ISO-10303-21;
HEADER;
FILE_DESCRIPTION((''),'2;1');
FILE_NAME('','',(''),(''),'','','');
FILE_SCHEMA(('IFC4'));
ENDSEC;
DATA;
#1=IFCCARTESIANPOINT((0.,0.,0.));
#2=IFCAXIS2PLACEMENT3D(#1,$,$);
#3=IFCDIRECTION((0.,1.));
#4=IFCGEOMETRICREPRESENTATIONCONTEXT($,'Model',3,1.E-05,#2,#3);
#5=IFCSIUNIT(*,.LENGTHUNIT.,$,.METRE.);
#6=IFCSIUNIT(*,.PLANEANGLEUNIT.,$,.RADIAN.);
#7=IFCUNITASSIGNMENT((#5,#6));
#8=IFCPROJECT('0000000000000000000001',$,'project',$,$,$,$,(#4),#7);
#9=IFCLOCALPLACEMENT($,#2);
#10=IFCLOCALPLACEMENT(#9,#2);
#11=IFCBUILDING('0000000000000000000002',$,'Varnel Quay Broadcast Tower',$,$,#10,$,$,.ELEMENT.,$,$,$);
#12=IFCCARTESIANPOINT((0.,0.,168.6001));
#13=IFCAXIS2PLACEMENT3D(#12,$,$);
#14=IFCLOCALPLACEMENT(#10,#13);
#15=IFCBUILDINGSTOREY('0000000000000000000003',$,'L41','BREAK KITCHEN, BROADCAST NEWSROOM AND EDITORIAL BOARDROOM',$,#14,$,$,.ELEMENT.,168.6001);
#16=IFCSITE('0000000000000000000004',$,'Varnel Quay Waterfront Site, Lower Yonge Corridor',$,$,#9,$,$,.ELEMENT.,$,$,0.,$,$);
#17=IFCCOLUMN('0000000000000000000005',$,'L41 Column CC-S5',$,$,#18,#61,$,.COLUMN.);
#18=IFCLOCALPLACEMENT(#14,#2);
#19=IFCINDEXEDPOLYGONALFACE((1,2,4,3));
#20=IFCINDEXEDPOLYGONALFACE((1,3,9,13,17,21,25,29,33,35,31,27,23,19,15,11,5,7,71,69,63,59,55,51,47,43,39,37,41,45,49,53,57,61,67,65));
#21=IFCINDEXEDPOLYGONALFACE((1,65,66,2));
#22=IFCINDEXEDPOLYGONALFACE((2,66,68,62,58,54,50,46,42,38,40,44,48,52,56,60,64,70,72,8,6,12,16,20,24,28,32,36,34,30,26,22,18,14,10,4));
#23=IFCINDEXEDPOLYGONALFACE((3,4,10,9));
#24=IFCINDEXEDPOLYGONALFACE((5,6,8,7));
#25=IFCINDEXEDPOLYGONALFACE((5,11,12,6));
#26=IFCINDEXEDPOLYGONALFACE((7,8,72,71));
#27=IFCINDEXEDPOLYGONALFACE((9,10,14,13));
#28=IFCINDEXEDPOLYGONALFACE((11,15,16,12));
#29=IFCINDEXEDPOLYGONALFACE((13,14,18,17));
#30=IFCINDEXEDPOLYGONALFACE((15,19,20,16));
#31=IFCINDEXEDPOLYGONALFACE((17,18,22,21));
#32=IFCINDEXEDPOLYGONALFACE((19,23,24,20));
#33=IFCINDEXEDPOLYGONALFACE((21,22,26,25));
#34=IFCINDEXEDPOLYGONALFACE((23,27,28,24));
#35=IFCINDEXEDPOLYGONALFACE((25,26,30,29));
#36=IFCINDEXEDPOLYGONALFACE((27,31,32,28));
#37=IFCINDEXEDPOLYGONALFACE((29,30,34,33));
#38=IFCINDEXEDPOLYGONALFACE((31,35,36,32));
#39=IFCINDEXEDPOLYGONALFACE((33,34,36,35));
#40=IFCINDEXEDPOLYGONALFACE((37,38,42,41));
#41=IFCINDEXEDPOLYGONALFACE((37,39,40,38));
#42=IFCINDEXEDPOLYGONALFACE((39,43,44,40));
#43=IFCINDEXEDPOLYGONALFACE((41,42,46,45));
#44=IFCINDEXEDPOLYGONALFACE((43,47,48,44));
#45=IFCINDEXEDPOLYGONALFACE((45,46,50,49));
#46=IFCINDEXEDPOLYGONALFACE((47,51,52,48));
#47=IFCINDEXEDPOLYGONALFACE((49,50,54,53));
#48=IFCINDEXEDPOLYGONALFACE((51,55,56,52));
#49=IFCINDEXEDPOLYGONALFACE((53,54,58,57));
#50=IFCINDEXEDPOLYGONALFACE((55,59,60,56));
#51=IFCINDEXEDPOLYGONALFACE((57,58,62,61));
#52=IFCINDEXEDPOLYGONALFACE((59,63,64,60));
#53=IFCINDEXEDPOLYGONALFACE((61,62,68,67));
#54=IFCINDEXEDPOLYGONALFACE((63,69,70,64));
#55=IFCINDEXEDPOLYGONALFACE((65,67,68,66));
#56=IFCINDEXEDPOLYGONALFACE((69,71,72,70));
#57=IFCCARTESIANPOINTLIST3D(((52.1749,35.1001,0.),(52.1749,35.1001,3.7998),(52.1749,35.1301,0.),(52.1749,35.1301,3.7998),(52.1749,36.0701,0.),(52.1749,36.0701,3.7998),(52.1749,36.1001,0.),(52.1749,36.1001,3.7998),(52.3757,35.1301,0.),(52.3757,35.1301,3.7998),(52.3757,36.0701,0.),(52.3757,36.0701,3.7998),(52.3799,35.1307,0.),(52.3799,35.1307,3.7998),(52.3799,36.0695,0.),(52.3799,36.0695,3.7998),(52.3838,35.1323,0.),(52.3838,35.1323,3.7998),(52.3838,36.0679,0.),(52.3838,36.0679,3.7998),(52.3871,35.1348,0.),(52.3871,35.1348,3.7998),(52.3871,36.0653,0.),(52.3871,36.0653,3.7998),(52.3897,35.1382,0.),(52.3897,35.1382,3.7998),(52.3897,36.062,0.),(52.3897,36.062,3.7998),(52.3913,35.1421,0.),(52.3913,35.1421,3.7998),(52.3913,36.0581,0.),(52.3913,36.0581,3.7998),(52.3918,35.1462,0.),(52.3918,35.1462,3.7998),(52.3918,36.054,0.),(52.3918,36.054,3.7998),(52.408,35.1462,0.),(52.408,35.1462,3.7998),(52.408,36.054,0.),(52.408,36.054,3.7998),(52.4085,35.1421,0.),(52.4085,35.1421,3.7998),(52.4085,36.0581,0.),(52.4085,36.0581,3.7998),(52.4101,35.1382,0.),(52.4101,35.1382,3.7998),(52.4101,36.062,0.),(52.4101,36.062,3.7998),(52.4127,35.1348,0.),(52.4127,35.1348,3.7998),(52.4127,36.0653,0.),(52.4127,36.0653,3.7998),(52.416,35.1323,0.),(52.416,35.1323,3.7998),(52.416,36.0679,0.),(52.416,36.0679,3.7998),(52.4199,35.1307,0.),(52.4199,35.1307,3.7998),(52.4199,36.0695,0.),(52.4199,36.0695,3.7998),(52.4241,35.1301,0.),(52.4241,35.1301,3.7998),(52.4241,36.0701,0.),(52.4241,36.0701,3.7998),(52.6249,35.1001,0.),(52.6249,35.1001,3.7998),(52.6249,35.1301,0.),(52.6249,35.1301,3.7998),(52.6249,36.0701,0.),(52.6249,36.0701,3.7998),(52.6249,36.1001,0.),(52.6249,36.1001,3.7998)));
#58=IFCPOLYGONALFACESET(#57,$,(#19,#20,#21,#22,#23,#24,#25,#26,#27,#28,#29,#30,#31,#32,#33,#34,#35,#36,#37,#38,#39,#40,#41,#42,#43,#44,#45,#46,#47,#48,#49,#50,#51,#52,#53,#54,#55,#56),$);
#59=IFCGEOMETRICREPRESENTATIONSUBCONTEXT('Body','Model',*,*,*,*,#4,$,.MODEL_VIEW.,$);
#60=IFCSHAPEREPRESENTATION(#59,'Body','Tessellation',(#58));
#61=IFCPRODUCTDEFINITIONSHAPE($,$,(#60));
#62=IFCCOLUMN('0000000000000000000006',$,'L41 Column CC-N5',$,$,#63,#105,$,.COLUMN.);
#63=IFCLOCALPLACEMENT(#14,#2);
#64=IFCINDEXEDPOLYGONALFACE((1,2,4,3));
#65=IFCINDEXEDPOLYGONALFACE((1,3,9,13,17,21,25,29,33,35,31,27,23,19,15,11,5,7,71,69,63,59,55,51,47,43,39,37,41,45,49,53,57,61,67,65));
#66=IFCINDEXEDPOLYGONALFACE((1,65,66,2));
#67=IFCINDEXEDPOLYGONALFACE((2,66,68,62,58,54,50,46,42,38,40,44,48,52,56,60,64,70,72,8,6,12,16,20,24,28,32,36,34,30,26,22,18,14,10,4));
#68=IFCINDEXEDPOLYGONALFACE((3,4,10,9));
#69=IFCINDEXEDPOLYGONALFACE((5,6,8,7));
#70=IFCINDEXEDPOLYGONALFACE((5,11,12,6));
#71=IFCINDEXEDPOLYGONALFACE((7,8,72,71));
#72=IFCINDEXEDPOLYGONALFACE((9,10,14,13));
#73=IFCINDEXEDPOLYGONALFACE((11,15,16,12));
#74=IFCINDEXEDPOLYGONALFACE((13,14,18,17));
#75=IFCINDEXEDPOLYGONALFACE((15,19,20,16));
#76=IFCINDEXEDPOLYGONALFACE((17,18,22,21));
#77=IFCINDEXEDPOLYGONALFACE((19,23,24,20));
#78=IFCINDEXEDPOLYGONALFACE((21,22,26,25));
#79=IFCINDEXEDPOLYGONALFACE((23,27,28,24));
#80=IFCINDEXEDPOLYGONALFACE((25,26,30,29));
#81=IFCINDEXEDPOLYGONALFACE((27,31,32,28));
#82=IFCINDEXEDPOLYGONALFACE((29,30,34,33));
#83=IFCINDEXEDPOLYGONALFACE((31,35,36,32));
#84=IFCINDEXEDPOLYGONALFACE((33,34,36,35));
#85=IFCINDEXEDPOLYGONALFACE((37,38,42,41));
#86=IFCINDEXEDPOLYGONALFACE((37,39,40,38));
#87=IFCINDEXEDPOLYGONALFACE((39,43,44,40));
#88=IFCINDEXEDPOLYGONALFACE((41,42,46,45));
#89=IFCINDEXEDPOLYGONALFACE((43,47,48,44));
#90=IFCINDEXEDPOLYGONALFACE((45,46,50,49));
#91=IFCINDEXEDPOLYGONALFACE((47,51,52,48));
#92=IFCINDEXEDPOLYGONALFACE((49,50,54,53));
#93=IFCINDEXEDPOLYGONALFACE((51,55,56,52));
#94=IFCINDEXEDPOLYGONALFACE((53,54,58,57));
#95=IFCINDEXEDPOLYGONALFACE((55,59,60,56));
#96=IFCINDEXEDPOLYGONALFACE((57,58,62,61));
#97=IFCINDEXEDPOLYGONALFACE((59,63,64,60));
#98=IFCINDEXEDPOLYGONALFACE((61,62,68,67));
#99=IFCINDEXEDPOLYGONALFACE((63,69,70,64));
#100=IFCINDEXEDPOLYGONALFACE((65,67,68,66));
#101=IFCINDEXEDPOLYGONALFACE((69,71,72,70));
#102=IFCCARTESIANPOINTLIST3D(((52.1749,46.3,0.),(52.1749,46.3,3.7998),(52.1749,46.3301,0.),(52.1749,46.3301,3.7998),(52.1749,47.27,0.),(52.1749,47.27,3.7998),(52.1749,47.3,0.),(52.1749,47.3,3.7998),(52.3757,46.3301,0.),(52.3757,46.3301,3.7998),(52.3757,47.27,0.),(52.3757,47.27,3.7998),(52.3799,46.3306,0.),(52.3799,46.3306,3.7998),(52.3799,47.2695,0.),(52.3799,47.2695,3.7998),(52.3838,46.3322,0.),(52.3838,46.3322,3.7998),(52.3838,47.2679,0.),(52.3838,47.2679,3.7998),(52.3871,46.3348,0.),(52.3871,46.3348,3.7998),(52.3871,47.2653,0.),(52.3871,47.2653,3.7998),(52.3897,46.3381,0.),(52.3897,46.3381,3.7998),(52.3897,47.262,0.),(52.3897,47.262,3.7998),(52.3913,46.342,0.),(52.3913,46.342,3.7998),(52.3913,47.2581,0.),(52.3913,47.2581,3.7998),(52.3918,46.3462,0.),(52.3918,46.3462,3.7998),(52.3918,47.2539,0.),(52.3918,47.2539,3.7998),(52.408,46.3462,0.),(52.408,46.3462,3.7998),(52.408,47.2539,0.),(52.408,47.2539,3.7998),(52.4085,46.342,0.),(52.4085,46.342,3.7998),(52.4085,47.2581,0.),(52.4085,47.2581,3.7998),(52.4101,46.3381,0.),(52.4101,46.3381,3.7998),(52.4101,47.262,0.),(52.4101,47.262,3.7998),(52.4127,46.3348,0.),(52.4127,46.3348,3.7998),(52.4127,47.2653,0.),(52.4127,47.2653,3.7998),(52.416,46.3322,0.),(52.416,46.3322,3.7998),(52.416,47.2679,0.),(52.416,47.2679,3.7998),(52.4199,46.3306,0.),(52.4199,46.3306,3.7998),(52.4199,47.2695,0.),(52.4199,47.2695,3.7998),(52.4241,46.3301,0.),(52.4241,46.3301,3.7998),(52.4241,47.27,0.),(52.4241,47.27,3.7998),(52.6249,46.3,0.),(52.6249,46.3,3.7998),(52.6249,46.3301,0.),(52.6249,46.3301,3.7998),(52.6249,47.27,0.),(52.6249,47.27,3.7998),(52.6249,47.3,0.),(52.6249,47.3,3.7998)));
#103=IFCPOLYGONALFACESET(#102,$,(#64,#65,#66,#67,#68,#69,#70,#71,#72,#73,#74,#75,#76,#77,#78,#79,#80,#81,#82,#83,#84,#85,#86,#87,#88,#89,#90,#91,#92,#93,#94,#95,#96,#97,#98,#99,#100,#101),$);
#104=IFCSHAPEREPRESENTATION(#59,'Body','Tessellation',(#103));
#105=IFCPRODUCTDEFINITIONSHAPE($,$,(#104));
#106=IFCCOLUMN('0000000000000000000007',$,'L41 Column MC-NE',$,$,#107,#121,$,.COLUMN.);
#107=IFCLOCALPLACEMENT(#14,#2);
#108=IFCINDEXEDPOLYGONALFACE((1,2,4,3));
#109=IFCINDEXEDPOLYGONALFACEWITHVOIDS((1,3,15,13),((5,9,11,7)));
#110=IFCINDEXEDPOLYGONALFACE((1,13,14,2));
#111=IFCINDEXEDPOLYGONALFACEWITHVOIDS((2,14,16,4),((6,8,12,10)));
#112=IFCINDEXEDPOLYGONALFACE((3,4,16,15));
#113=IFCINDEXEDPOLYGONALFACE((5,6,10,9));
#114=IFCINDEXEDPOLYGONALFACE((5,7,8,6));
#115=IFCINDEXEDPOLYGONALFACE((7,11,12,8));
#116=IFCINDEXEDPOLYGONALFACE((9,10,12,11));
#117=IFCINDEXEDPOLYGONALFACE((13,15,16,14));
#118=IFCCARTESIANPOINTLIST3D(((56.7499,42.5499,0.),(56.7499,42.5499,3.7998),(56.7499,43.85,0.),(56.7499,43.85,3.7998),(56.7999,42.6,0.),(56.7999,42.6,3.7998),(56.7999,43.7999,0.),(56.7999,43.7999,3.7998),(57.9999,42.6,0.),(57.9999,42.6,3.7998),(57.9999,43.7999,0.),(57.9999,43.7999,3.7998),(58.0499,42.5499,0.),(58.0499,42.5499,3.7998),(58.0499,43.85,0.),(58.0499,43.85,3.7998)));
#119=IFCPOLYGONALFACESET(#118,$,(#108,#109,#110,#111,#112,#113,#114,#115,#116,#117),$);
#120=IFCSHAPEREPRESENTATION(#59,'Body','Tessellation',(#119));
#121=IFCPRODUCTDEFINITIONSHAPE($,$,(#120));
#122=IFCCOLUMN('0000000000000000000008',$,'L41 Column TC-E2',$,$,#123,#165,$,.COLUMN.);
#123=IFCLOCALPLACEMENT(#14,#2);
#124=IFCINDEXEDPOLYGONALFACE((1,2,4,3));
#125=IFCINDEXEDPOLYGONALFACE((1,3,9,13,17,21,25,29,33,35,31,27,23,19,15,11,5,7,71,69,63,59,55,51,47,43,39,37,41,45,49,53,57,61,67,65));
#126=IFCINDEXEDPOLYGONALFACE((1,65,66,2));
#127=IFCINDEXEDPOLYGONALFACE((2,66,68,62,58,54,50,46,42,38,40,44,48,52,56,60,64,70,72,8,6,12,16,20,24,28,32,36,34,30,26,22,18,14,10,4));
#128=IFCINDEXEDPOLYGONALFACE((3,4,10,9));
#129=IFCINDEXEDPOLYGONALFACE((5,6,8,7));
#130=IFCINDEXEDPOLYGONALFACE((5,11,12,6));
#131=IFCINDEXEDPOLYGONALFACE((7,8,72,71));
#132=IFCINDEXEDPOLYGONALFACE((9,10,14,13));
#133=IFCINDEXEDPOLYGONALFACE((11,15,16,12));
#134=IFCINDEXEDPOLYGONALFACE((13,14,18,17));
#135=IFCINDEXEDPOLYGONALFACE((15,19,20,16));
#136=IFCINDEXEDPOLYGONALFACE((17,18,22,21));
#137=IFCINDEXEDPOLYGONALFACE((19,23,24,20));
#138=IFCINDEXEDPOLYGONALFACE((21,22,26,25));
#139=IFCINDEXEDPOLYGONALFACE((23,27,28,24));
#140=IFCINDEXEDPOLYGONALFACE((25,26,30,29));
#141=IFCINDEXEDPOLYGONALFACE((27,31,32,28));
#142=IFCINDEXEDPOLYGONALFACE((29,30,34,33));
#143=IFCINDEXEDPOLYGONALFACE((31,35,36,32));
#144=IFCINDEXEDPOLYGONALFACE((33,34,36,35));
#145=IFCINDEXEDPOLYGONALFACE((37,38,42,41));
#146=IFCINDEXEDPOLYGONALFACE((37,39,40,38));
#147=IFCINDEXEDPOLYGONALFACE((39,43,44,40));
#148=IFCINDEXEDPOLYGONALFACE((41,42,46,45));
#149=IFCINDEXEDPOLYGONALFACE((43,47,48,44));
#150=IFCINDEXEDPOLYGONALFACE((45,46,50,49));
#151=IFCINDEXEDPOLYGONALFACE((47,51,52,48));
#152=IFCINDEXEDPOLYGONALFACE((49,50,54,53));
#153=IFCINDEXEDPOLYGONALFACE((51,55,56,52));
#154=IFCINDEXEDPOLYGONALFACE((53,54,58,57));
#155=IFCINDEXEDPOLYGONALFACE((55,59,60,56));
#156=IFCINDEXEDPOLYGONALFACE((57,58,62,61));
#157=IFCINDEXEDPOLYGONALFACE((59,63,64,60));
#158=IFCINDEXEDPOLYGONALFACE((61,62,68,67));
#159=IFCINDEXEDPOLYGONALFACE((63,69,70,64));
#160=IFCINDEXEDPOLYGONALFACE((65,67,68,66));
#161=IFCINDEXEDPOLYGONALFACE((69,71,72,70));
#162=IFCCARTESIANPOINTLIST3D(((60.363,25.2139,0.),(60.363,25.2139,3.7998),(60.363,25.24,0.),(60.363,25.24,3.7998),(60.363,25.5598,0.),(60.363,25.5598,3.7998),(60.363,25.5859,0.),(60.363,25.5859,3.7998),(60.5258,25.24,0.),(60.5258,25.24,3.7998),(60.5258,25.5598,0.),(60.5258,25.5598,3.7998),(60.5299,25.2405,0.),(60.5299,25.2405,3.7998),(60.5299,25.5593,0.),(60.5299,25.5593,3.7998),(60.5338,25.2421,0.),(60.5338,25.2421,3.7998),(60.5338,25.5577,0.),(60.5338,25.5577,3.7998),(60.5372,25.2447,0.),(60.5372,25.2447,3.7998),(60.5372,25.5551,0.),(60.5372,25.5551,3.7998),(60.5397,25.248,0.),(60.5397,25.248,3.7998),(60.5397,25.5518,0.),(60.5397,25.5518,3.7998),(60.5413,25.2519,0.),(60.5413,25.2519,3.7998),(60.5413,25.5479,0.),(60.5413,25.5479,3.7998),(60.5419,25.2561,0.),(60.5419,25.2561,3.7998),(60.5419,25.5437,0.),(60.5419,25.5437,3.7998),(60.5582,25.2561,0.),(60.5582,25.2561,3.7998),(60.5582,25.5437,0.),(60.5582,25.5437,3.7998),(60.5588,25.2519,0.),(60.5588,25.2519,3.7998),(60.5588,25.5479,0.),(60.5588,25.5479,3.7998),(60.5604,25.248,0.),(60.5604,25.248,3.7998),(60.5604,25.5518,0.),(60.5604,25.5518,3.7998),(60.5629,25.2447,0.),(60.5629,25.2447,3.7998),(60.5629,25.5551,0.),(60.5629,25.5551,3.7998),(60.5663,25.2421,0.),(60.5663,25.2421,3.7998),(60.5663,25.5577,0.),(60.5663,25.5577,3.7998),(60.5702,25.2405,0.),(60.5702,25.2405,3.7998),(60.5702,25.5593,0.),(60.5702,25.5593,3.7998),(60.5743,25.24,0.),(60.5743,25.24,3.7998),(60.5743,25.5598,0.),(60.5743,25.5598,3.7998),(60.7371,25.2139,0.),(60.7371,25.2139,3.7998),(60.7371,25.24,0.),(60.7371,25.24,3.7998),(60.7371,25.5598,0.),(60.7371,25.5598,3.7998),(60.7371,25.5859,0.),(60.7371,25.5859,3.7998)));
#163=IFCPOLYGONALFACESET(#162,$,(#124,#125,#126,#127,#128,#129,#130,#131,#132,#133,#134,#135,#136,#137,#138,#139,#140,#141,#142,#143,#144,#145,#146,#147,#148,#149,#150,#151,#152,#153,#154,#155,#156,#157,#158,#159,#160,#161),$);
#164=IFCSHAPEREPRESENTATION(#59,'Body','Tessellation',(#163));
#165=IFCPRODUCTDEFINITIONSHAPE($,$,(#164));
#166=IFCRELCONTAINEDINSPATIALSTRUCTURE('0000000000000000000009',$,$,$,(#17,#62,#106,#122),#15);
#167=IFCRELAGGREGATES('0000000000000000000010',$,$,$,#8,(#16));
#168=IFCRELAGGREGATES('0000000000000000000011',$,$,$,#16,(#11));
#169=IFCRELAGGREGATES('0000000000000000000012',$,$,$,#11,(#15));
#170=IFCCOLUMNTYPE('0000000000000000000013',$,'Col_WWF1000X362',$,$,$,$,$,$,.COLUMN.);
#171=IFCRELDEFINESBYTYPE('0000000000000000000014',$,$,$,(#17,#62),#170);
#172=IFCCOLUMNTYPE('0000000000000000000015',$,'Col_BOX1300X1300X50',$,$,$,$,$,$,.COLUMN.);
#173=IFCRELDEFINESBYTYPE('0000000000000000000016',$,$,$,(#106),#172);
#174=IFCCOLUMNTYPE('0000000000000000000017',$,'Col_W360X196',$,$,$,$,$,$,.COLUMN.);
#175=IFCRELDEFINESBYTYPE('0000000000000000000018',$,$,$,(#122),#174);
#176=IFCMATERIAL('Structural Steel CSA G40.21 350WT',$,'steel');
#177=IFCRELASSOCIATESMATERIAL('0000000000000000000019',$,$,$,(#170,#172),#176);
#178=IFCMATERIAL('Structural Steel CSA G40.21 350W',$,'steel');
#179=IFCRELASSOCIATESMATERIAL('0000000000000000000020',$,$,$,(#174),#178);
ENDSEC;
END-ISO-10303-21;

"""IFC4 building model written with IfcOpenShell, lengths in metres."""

from ifc_helpers import new_model, si_unit, direction, frame, origin, origin_2d, place, context, subcontext, project, spatial, hollow_rectangle, i_section, extrude, source, transform, mapped, material, material_profile, profile_set, type_object, type_shapes, element, save


model = new_model("IFC4")

# Units and contexts
model_context = context("Model", 3, precision=1e-05, world=origin(), true_north=direction((0.0, 1.0)))
body_context = subcontext(model_context, "Body", "Model", "MODEL_VIEW")
ifc_project = project(units=[si_unit("LENGTHUNIT", "METRE"), si_unit("PLANEANGLEUNIT", "RADIAN")], contexts=[model_context])

# Site, building, storey
site_placement = place(None, origin())
site = spatial("IfcSite", under=ifc_project, at=site_placement, Name="Varnel Quay Waterfront Site, Lower Yonge Corridor", CompositionType="ELEMENT", RefElevation=0.0)
building_placement = place(site_placement, origin())
building = spatial("IfcBuilding", under=site, at=building_placement, Name="Varnel Quay Broadcast Tower", CompositionType="ELEMENT")
storey_placement = place(building_placement, frame((0.0, 0.0, 168.6001)))
storey = spatial("IfcBuildingStorey", under=building, at=storey_placement, Name="L41", Description="BREAK KITCHEN, BROADCAST NEWSROOM AND EDITORIAL BOARDROOM", CompositionType="ELEMENT", Elevation=168.6001)

# Columns
ifc_material_1 = material(Name="Structural Steel CSA G40.21 350WT", Category="steel")
ifc_material_profile_1 = material_profile(ifc_material_1, i_section(OverallWidth=0.45, OverallDepth=1.0, WebThickness=0.0161, FlangeThickness=0.03, FilletRadius=0.0161, at=origin_2d()), Name="WWF1000X362")
ifc_profile_set_1 = profile_set([ifc_material_profile_1], Name="Structural Steel CSA G40.21 350WT")
column_type_1 = type_object("IfcColumnType", Name="Col_WWF1000X362", PredefinedType="COLUMN", material=ifc_profile_set_1)
shared_shape_1 = source(origin(), body_context, "Body", "SweptSolid", [
    extrude(i_section(OverallWidth=0.45, OverallDepth=1.0, WebThickness=0.0161, FlangeThickness=0.03, FilletRadius=0.0161, at=origin_2d()), origin(), (0.0, 0.0, 1.0), 3.7998),
])
type_shapes(column_type_1, [shared_shape_1])
for number, where, z_axis, x_axis, name in (
    (1, (52.3999, 35.6001, 0.0), (0.0, 0.0, 1.0), (1.0, 0.0, 0.0), "L41 Column CC-S5"),
    (2, (52.3999, 46.8, 0.0), (0.0, 0.0, 1.0), (1.0, 0.0, 0.0), "L41 Column CC-N5"),
):
    element("IfcColumn", number, at=place(storey_placement, frame(where, z_axis=z_axis, x_axis=x_axis)), inside=storey, type_object=column_type_1, Name=name, PredefinedType="COLUMN", context=body_context, shape_type="MappedRepresentation", body=[
        mapped(shared_shape_1, transform((0.0, 0.0, 0.0), x_axis=(1.0, 0.0, 0.0), y_axis=(0.0, 1.0, 0.0), z_axis=(0.0, 0.0, 1.0), scale=1.0)),
    ])
ifc_material_profile_2 = material_profile(ifc_material_1, hollow_rectangle(XDim=1.3, YDim=1.3, WallThickness=0.05, at=origin_2d()), Name="BOX1300X1300X50")
ifc_profile_set_2 = profile_set([ifc_material_profile_2], Name="Structural Steel CSA G40.21 350WT")
column_type_2 = type_object("IfcColumnType", Name="Col_BOX1300X1300X50", PredefinedType="COLUMN", material=ifc_profile_set_2)
shared_shape_2 = source(origin(), body_context, "Body", "SweptSolid", [
    extrude(hollow_rectangle(XDim=1.3, YDim=1.3, WallThickness=0.05, at=origin_2d()), origin(), (0.0, 0.0, 1.0), 3.7998),
])
type_shapes(column_type_2, [shared_shape_2])
column_placement = place(storey_placement, frame((57.3999, 43.2, 0.0), z_axis=(0.0, 0.0, 1.0), x_axis=(1.0, 0.0, 0.0)))
element("IfcColumn", 3, at=column_placement, inside=storey, type_object=column_type_2, Name="L41 Column MC-NE", PredefinedType="COLUMN", context=body_context, shape_type="MappedRepresentation", body=[
    mapped(shared_shape_2, transform((0.0, 0.0, 0.0), x_axis=(1.0, 0.0, 0.0), y_axis=(0.0, 1.0, 0.0), z_axis=(0.0, 0.0, 1.0), scale=1.0)),
])
ifc_material_2 = material(Name="Structural Steel CSA G40.21 350W", Category="steel")
ifc_material_profile_3 = material_profile(ifc_material_2, i_section(OverallWidth=0.374, OverallDepth=0.3721, WebThickness=0.0164, FlangeThickness=0.0261, FilletRadius=0.0161, at=origin_2d()), Name="W360X196")
ifc_profile_set_3 = profile_set([ifc_material_profile_3], Name="Structural Steel CSA G40.21 350W")
column_type_3 = type_object("IfcColumnType", Name="Col_W360X196", PredefinedType="COLUMN", material=ifc_profile_set_3)
shared_shape_3 = source(origin(), body_context, "Body", "SweptSolid", [
    extrude(i_section(OverallWidth=0.374, OverallDepth=0.3721, WebThickness=0.0164, FlangeThickness=0.0261, FilletRadius=0.0161, at=origin_2d()), origin(), (0.0, 0.0, 1.0), 3.7998),
])
type_shapes(column_type_3, [shared_shape_3])
for number, where, z_axis, x_axis, name in (
    (4, (60.55, 25.3999, 0.0), (0.0, 0.0, 1.0), (1.0, 0.0, 0.0), "L41 Column TC-E2"),
):
    element("IfcColumn", number, at=place(storey_placement, frame(where, z_axis=z_axis, x_axis=x_axis)), inside=storey, type_object=column_type_3, Name=name, PredefinedType="COLUMN", context=body_context, shape_type="MappedRepresentation", body=[
        mapped(shared_shape_3, transform((0.0, 0.0, 0.0), x_axis=(1.0, 0.0, 0.0), y_axis=(0.0, 1.0, 0.0), z_axis=(0.0, 0.0, 1.0), scale=1.0)),
    ])

save(model, "model.ifc")
